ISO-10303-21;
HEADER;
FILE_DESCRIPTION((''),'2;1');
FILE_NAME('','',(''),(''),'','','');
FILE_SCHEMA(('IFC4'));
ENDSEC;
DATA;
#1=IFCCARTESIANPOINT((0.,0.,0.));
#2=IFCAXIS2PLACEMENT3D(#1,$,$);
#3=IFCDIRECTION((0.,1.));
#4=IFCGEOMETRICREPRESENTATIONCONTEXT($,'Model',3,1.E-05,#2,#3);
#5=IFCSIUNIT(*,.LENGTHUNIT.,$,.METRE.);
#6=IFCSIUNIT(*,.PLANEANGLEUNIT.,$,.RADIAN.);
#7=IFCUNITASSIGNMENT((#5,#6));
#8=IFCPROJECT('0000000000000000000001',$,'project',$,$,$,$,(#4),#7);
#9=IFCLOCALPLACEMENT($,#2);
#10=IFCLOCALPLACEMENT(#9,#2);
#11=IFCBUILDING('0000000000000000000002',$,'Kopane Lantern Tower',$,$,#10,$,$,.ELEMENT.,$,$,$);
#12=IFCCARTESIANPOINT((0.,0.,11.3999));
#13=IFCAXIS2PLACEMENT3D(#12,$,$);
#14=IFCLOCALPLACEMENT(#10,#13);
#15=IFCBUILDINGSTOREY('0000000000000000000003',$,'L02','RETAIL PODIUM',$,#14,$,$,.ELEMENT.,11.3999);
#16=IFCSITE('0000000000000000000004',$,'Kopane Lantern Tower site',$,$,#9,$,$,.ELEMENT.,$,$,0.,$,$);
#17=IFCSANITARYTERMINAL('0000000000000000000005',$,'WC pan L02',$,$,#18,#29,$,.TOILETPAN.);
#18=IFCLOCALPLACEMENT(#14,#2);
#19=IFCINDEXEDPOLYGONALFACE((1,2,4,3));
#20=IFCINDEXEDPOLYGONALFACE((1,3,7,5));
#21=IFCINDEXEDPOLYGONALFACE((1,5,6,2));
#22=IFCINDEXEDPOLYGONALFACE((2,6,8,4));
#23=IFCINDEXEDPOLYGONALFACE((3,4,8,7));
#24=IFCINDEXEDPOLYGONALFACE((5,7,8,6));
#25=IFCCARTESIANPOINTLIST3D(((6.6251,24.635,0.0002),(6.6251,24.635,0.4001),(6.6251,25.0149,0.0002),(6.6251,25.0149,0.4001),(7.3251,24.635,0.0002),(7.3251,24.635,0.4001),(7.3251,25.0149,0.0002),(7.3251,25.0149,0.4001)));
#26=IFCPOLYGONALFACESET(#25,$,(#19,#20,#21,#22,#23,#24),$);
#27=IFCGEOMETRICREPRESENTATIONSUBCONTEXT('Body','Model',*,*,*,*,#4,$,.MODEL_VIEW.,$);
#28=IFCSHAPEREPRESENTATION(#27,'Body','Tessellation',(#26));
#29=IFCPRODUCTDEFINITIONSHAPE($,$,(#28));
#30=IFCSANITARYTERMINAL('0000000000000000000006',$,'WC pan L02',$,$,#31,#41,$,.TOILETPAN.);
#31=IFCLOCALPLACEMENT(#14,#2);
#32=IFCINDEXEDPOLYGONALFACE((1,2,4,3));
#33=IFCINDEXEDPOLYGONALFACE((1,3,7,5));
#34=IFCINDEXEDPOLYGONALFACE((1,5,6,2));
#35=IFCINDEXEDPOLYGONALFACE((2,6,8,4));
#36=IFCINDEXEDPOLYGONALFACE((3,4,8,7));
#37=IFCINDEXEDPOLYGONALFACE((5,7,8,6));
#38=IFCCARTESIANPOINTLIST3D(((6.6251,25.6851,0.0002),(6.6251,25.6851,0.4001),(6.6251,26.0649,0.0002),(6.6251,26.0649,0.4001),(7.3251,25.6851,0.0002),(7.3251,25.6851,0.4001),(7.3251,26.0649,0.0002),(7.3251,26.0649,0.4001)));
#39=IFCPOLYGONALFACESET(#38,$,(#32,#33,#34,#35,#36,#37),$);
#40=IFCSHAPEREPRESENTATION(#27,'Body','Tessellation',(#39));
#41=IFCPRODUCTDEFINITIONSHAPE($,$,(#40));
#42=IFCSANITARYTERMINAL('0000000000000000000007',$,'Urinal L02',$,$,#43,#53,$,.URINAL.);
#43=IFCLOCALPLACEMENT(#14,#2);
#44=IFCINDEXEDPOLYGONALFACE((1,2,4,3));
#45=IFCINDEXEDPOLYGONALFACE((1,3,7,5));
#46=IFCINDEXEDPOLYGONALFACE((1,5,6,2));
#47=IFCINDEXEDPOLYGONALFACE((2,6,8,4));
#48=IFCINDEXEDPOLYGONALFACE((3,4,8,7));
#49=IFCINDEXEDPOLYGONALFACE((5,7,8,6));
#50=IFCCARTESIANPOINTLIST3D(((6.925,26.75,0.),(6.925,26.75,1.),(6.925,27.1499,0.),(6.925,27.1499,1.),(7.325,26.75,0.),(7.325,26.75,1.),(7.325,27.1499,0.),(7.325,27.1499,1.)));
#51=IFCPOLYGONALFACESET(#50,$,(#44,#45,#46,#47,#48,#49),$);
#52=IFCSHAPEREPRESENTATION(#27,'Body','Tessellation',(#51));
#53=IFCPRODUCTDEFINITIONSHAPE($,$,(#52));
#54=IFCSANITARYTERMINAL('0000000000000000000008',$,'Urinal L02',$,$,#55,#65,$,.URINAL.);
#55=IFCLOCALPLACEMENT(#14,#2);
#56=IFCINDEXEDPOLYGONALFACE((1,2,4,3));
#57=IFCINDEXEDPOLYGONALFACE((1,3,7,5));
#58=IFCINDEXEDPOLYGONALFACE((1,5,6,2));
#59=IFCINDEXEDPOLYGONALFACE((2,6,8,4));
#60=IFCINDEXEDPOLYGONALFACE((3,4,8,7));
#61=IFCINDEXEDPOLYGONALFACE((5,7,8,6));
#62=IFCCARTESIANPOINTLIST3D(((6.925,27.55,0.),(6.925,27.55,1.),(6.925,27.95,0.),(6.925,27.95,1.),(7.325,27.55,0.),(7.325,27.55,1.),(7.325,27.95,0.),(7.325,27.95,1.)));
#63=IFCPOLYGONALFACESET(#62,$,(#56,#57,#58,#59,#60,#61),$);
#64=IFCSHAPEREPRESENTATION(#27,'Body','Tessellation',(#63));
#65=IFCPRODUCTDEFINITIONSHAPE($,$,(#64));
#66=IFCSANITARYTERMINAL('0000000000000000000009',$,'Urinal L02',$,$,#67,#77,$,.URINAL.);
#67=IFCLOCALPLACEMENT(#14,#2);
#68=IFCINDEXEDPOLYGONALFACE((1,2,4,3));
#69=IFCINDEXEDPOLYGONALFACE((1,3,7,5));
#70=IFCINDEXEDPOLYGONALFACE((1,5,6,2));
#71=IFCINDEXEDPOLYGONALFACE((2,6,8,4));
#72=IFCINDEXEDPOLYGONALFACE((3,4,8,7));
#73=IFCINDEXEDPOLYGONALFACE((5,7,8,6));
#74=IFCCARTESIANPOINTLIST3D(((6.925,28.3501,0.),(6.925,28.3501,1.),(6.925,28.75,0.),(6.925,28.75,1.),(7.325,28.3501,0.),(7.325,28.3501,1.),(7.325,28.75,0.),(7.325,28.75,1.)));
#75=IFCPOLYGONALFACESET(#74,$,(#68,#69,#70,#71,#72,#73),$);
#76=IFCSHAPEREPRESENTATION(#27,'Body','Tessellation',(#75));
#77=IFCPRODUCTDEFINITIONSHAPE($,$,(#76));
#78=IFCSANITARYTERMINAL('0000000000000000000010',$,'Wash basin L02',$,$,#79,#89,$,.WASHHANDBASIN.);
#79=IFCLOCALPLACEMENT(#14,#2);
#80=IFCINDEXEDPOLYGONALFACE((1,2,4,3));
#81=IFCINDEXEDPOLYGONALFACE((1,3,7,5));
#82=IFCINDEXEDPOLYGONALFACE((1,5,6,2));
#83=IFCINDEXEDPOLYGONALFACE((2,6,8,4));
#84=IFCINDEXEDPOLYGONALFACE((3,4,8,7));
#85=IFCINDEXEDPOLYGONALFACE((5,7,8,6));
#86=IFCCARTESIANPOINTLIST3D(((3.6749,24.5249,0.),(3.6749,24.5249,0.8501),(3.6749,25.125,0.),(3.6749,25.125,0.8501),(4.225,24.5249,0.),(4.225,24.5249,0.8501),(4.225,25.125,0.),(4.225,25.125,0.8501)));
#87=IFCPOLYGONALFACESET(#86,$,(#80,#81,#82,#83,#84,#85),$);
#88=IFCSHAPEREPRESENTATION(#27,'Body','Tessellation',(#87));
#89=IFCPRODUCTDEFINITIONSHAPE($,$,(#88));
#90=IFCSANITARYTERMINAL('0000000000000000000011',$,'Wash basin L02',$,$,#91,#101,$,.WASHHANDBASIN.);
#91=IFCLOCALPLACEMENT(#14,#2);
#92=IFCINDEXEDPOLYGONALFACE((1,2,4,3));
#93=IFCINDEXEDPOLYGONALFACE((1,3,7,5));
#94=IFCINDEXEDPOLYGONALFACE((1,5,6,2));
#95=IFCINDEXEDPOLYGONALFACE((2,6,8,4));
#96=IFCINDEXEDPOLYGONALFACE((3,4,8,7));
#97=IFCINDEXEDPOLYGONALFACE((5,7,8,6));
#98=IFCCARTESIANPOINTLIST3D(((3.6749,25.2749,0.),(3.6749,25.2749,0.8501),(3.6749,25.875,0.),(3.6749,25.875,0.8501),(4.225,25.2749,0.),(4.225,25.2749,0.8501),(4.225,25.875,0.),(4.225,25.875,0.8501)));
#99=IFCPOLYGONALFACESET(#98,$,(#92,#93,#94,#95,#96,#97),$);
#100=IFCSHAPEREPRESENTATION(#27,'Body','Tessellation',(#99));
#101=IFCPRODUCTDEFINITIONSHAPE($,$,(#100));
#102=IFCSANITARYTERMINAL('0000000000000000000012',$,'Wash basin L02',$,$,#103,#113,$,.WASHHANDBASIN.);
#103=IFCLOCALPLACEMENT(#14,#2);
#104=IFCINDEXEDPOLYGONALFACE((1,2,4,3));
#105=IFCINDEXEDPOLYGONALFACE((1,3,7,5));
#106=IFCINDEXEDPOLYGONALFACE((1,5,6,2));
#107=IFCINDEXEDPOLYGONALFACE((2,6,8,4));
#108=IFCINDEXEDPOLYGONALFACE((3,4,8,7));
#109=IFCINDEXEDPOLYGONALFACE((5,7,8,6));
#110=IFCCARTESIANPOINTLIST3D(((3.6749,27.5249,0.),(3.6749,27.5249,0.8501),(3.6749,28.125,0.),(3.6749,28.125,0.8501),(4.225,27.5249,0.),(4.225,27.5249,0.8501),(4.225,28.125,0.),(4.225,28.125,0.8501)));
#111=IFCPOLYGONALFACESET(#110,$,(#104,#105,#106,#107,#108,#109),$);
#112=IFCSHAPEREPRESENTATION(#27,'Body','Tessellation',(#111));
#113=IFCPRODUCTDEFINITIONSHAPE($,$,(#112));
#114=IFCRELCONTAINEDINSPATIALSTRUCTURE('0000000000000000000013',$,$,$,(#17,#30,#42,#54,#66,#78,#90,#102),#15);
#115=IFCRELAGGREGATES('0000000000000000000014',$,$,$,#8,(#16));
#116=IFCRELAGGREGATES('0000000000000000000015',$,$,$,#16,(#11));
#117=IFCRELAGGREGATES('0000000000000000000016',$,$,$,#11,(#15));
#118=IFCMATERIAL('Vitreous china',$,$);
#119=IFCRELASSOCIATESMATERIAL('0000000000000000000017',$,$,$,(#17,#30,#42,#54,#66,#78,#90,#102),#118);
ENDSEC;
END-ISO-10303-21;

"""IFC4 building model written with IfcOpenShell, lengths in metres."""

from ifc_helpers import new_model, si_unit, direction, frame, origin, origin_2d, place, context, subcontext, project, spatial, rectangle, extrude, material, element, save


model = new_model("IFC4")

# Units and contexts
model_context = context("Model", 3, precision=1e-05, world=origin(), true_north=direction((0.0, 1.0)))
body_context = subcontext(model_context, "Body", "Model", "MODEL_VIEW")
ifc_project = project(units=[si_unit("LENGTHUNIT", "METRE"), si_unit("PLANEANGLEUNIT", "RADIAN")], contexts=[model_context])

# Site, building, storey
site_placement = place(None, origin())
site = spatial("IfcSite", under=ifc_project, at=site_placement, Name="Kopane Lantern Tower site", CompositionType="ELEMENT", RefElevation=0.0)
building_placement = place(site_placement, origin())
building = spatial("IfcBuilding", under=site, at=building_placement, Name="Kopane Lantern Tower", CompositionType="ELEMENT")
storey_placement = place(building_placement, frame((0.0, 0.0, 11.3999)))
storey = spatial("IfcBuildingStorey", under=building, at=storey_placement, Name="L02", Description="RETAIL PODIUM", CompositionType="ELEMENT", Elevation=11.3999)

# Sanitary terminals
ifc_material_1 = material(Name="Vitreous china")
for number, where, z_axis, x_axis, name in (
    (1, (6.9751, 24.825, 0.0002), (0.0, 0.0, 1.0), (1.0, 0.0, 0.0), "WC pan L02"),
    (2, (6.9751, 25.875, 0.0002), (0.0, 0.0, 1.0), (1.0, 0.0, 0.0), "WC pan L02"),
):
    element("IfcSanitaryTerminal", number, at=place(storey_placement, frame(where, z_axis=z_axis, x_axis=x_axis)), inside=storey, material=ifc_material_1, Name=name, PredefinedType="TOILETPAN", context=body_context, shape_type="SweptSolid", body=[
        extrude(rectangle(XDim=0.7, YDim=0.3799, at=origin_2d()), origin(), (0.0, 0.0, 1.0), 0.3999),
    ])
for number, where, z_axis, x_axis, name in (
    (3, (7.125, 26.95, 0.0), (0.0, 0.0, 1.0), (1.0, 0.0, 0.0), "Urinal L02"),
    (4, (7.125, 27.75, 0.0), (0.0, 0.0, 1.0), (1.0, 0.0, 0.0), "Urinal L02"),
    (5, (7.125, 28.55, 0.0), (0.0, 0.0, 1.0), (1.0, 0.0, 0.0), "Urinal L02"),
):
    element("IfcSanitaryTerminal", number, at=place(storey_placement, frame(where, z_axis=z_axis, x_axis=x_axis)), inside=storey, material=ifc_material_1, Name=name, PredefinedType="URINAL", context=body_context, shape_type="SweptSolid", body=[
        extrude(rectangle(XDim=0.3999, YDim=0.3999, at=origin_2d()), origin(), (0.0, 0.0, 1.0), 1.0),
    ])
for number, where, z_axis, x_axis, name in (
    (6, (3.95, 24.825, 0.0), (0.0, 0.0, 1.0), (1.0, 0.0, 0.0), "Wash basin L02"),
    (7, (3.95, 25.575, 0.0), (0.0, 0.0, 1.0), (1.0, 0.0, 0.0), "Wash basin L02"),
    (8, (3.95, 27.825, 0.0), (0.0, 0.0, 1.0), (1.0, 0.0, 0.0), "Wash basin L02"),
):
    element("IfcSanitaryTerminal", number, at=place(storey_placement, frame(where, z_axis=z_axis, x_axis=x_axis)), inside=storey, material=ifc_material_1, Name=name, PredefinedType="WASHHANDBASIN", context=body_context, shape_type="SweptSolid", body=[
        extrude(rectangle(XDim=0.55, YDim=0.6001, at=origin_2d()), origin(), (0.0, 0.0, 1.0), 0.8501),
    ])

save(model, "model.ifc")
